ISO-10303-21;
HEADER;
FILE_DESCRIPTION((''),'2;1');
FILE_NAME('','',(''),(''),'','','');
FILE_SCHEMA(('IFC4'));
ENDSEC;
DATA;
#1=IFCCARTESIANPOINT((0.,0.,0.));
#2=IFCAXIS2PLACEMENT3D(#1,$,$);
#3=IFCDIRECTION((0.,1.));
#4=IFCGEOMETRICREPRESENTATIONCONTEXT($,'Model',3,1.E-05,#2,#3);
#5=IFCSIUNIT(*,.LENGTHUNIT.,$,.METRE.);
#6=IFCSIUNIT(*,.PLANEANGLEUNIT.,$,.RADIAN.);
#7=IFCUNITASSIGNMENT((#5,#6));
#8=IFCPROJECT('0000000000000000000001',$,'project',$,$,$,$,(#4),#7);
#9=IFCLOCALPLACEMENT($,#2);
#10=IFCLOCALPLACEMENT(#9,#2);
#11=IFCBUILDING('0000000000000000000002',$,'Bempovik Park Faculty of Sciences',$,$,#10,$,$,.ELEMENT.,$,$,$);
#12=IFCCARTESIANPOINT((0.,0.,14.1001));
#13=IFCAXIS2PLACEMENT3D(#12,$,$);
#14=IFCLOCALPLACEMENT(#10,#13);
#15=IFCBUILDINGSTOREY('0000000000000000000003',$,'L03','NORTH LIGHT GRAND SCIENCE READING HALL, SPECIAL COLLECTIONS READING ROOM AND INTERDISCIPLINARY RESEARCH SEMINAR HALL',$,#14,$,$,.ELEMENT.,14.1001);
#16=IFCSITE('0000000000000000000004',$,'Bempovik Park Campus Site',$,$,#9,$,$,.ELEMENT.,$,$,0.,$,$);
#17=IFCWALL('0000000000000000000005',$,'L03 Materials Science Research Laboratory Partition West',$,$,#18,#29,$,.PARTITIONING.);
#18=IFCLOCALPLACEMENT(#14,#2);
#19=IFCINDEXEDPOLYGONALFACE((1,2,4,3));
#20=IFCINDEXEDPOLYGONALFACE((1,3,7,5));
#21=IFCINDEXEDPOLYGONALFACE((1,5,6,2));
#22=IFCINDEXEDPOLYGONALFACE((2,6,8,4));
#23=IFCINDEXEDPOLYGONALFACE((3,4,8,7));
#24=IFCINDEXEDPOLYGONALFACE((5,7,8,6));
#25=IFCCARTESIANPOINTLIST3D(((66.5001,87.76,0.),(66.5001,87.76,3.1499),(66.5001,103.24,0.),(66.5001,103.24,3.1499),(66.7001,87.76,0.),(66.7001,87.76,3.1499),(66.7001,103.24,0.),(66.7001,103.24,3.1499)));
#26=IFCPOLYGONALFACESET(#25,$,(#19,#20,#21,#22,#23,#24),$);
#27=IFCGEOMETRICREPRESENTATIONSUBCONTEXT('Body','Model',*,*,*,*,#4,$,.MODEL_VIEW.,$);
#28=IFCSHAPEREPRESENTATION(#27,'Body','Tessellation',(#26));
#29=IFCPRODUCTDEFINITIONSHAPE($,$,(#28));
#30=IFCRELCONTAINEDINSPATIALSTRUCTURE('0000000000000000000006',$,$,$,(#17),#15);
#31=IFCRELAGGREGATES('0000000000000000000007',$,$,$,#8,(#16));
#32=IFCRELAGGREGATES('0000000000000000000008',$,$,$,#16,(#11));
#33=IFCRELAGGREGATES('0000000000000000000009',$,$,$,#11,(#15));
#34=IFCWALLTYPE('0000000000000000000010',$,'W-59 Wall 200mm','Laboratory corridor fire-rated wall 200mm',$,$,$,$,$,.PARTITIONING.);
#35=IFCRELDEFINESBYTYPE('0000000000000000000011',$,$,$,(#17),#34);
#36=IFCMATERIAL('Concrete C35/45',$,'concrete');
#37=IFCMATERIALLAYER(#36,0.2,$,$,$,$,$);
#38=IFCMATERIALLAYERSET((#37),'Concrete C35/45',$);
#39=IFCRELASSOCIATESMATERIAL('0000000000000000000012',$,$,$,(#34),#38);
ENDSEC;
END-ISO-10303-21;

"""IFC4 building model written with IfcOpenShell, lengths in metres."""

from ifc_helpers import new_model, si_unit, direction, frame, frame_2d, origin, place, context, subcontext, project, spatial, rectangle, extrude, material, layer, layer_set, type_object, element, save


model = new_model("IFC4")

# Units and contexts
model_context = context("Model", 3, precision=1e-05, world=origin(), true_north=direction((0.0, 1.0)))
body_context = subcontext(model_context, "Body", "Model", "MODEL_VIEW")
ifc_project = project(units=[si_unit("LENGTHUNIT", "METRE"), si_unit("PLANEANGLEUNIT", "RADIAN")], contexts=[model_context])

# Site, building, storey
site_placement = place(None, origin())
site = spatial("IfcSite", under=ifc_project, at=site_placement, Name="Bempovik Park Campus Site", CompositionType="ELEMENT", RefElevation=0.0)
building_placement = place(site_placement, origin())
building = spatial("IfcBuilding", under=site, at=building_placement, Name="Bempovik Park Faculty of Sciences", CompositionType="ELEMENT")
storey_placement = place(building_placement, frame((0.0, 0.0, 14.1001)))
storey = spatial("IfcBuildingStorey", under=building, at=storey_placement, Name="L03", Description="NORTH LIGHT GRAND SCIENCE READING HALL, SPECIAL COLLECTIONS READING ROOM AND INTERDISCIPLINARY RESEARCH SEMINAR HALL", CompositionType="ELEMENT", Elevation=14.1001)

# Shared definitions
ifc_material_1 = material(Name="Concrete C35/45", Category="concrete")

# Wall
ifc_layer_1 = layer(ifc_material_1, 0.2)
ifc_layer_set_1 = layer_set([ifc_layer_1], Name="Concrete C35/45")
wall_type_1 = type_object("IfcWallType", Name="W-59 Wall 200mm", Description="Laboratory corridor fire-rated wall 200mm", PredefinedType="PARTITIONING", material=ifc_layer_set_1)
wall_1_placement = place(storey_placement, frame((66.6001, 87.76, 0.0), z_axis=(0.0, 0.0, 1.0), x_axis=(0.0, 1.0, 0.0)))
element("IfcWall", 1, at=wall_1_placement, inside=storey, type_object=wall_type_1, Name="L03 Materials Science Research Laboratory Partition West", PredefinedType="PARTITIONING", context=body_context, shape_type="SweptSolid", body=[
    extrude(rectangle(XDim=15.48, YDim=0.2, at=frame_2d((7.74, 0.0))), origin(), (0.0, 0.0, 1.0), 3.1499),
])

save(model, "model.ifc")
